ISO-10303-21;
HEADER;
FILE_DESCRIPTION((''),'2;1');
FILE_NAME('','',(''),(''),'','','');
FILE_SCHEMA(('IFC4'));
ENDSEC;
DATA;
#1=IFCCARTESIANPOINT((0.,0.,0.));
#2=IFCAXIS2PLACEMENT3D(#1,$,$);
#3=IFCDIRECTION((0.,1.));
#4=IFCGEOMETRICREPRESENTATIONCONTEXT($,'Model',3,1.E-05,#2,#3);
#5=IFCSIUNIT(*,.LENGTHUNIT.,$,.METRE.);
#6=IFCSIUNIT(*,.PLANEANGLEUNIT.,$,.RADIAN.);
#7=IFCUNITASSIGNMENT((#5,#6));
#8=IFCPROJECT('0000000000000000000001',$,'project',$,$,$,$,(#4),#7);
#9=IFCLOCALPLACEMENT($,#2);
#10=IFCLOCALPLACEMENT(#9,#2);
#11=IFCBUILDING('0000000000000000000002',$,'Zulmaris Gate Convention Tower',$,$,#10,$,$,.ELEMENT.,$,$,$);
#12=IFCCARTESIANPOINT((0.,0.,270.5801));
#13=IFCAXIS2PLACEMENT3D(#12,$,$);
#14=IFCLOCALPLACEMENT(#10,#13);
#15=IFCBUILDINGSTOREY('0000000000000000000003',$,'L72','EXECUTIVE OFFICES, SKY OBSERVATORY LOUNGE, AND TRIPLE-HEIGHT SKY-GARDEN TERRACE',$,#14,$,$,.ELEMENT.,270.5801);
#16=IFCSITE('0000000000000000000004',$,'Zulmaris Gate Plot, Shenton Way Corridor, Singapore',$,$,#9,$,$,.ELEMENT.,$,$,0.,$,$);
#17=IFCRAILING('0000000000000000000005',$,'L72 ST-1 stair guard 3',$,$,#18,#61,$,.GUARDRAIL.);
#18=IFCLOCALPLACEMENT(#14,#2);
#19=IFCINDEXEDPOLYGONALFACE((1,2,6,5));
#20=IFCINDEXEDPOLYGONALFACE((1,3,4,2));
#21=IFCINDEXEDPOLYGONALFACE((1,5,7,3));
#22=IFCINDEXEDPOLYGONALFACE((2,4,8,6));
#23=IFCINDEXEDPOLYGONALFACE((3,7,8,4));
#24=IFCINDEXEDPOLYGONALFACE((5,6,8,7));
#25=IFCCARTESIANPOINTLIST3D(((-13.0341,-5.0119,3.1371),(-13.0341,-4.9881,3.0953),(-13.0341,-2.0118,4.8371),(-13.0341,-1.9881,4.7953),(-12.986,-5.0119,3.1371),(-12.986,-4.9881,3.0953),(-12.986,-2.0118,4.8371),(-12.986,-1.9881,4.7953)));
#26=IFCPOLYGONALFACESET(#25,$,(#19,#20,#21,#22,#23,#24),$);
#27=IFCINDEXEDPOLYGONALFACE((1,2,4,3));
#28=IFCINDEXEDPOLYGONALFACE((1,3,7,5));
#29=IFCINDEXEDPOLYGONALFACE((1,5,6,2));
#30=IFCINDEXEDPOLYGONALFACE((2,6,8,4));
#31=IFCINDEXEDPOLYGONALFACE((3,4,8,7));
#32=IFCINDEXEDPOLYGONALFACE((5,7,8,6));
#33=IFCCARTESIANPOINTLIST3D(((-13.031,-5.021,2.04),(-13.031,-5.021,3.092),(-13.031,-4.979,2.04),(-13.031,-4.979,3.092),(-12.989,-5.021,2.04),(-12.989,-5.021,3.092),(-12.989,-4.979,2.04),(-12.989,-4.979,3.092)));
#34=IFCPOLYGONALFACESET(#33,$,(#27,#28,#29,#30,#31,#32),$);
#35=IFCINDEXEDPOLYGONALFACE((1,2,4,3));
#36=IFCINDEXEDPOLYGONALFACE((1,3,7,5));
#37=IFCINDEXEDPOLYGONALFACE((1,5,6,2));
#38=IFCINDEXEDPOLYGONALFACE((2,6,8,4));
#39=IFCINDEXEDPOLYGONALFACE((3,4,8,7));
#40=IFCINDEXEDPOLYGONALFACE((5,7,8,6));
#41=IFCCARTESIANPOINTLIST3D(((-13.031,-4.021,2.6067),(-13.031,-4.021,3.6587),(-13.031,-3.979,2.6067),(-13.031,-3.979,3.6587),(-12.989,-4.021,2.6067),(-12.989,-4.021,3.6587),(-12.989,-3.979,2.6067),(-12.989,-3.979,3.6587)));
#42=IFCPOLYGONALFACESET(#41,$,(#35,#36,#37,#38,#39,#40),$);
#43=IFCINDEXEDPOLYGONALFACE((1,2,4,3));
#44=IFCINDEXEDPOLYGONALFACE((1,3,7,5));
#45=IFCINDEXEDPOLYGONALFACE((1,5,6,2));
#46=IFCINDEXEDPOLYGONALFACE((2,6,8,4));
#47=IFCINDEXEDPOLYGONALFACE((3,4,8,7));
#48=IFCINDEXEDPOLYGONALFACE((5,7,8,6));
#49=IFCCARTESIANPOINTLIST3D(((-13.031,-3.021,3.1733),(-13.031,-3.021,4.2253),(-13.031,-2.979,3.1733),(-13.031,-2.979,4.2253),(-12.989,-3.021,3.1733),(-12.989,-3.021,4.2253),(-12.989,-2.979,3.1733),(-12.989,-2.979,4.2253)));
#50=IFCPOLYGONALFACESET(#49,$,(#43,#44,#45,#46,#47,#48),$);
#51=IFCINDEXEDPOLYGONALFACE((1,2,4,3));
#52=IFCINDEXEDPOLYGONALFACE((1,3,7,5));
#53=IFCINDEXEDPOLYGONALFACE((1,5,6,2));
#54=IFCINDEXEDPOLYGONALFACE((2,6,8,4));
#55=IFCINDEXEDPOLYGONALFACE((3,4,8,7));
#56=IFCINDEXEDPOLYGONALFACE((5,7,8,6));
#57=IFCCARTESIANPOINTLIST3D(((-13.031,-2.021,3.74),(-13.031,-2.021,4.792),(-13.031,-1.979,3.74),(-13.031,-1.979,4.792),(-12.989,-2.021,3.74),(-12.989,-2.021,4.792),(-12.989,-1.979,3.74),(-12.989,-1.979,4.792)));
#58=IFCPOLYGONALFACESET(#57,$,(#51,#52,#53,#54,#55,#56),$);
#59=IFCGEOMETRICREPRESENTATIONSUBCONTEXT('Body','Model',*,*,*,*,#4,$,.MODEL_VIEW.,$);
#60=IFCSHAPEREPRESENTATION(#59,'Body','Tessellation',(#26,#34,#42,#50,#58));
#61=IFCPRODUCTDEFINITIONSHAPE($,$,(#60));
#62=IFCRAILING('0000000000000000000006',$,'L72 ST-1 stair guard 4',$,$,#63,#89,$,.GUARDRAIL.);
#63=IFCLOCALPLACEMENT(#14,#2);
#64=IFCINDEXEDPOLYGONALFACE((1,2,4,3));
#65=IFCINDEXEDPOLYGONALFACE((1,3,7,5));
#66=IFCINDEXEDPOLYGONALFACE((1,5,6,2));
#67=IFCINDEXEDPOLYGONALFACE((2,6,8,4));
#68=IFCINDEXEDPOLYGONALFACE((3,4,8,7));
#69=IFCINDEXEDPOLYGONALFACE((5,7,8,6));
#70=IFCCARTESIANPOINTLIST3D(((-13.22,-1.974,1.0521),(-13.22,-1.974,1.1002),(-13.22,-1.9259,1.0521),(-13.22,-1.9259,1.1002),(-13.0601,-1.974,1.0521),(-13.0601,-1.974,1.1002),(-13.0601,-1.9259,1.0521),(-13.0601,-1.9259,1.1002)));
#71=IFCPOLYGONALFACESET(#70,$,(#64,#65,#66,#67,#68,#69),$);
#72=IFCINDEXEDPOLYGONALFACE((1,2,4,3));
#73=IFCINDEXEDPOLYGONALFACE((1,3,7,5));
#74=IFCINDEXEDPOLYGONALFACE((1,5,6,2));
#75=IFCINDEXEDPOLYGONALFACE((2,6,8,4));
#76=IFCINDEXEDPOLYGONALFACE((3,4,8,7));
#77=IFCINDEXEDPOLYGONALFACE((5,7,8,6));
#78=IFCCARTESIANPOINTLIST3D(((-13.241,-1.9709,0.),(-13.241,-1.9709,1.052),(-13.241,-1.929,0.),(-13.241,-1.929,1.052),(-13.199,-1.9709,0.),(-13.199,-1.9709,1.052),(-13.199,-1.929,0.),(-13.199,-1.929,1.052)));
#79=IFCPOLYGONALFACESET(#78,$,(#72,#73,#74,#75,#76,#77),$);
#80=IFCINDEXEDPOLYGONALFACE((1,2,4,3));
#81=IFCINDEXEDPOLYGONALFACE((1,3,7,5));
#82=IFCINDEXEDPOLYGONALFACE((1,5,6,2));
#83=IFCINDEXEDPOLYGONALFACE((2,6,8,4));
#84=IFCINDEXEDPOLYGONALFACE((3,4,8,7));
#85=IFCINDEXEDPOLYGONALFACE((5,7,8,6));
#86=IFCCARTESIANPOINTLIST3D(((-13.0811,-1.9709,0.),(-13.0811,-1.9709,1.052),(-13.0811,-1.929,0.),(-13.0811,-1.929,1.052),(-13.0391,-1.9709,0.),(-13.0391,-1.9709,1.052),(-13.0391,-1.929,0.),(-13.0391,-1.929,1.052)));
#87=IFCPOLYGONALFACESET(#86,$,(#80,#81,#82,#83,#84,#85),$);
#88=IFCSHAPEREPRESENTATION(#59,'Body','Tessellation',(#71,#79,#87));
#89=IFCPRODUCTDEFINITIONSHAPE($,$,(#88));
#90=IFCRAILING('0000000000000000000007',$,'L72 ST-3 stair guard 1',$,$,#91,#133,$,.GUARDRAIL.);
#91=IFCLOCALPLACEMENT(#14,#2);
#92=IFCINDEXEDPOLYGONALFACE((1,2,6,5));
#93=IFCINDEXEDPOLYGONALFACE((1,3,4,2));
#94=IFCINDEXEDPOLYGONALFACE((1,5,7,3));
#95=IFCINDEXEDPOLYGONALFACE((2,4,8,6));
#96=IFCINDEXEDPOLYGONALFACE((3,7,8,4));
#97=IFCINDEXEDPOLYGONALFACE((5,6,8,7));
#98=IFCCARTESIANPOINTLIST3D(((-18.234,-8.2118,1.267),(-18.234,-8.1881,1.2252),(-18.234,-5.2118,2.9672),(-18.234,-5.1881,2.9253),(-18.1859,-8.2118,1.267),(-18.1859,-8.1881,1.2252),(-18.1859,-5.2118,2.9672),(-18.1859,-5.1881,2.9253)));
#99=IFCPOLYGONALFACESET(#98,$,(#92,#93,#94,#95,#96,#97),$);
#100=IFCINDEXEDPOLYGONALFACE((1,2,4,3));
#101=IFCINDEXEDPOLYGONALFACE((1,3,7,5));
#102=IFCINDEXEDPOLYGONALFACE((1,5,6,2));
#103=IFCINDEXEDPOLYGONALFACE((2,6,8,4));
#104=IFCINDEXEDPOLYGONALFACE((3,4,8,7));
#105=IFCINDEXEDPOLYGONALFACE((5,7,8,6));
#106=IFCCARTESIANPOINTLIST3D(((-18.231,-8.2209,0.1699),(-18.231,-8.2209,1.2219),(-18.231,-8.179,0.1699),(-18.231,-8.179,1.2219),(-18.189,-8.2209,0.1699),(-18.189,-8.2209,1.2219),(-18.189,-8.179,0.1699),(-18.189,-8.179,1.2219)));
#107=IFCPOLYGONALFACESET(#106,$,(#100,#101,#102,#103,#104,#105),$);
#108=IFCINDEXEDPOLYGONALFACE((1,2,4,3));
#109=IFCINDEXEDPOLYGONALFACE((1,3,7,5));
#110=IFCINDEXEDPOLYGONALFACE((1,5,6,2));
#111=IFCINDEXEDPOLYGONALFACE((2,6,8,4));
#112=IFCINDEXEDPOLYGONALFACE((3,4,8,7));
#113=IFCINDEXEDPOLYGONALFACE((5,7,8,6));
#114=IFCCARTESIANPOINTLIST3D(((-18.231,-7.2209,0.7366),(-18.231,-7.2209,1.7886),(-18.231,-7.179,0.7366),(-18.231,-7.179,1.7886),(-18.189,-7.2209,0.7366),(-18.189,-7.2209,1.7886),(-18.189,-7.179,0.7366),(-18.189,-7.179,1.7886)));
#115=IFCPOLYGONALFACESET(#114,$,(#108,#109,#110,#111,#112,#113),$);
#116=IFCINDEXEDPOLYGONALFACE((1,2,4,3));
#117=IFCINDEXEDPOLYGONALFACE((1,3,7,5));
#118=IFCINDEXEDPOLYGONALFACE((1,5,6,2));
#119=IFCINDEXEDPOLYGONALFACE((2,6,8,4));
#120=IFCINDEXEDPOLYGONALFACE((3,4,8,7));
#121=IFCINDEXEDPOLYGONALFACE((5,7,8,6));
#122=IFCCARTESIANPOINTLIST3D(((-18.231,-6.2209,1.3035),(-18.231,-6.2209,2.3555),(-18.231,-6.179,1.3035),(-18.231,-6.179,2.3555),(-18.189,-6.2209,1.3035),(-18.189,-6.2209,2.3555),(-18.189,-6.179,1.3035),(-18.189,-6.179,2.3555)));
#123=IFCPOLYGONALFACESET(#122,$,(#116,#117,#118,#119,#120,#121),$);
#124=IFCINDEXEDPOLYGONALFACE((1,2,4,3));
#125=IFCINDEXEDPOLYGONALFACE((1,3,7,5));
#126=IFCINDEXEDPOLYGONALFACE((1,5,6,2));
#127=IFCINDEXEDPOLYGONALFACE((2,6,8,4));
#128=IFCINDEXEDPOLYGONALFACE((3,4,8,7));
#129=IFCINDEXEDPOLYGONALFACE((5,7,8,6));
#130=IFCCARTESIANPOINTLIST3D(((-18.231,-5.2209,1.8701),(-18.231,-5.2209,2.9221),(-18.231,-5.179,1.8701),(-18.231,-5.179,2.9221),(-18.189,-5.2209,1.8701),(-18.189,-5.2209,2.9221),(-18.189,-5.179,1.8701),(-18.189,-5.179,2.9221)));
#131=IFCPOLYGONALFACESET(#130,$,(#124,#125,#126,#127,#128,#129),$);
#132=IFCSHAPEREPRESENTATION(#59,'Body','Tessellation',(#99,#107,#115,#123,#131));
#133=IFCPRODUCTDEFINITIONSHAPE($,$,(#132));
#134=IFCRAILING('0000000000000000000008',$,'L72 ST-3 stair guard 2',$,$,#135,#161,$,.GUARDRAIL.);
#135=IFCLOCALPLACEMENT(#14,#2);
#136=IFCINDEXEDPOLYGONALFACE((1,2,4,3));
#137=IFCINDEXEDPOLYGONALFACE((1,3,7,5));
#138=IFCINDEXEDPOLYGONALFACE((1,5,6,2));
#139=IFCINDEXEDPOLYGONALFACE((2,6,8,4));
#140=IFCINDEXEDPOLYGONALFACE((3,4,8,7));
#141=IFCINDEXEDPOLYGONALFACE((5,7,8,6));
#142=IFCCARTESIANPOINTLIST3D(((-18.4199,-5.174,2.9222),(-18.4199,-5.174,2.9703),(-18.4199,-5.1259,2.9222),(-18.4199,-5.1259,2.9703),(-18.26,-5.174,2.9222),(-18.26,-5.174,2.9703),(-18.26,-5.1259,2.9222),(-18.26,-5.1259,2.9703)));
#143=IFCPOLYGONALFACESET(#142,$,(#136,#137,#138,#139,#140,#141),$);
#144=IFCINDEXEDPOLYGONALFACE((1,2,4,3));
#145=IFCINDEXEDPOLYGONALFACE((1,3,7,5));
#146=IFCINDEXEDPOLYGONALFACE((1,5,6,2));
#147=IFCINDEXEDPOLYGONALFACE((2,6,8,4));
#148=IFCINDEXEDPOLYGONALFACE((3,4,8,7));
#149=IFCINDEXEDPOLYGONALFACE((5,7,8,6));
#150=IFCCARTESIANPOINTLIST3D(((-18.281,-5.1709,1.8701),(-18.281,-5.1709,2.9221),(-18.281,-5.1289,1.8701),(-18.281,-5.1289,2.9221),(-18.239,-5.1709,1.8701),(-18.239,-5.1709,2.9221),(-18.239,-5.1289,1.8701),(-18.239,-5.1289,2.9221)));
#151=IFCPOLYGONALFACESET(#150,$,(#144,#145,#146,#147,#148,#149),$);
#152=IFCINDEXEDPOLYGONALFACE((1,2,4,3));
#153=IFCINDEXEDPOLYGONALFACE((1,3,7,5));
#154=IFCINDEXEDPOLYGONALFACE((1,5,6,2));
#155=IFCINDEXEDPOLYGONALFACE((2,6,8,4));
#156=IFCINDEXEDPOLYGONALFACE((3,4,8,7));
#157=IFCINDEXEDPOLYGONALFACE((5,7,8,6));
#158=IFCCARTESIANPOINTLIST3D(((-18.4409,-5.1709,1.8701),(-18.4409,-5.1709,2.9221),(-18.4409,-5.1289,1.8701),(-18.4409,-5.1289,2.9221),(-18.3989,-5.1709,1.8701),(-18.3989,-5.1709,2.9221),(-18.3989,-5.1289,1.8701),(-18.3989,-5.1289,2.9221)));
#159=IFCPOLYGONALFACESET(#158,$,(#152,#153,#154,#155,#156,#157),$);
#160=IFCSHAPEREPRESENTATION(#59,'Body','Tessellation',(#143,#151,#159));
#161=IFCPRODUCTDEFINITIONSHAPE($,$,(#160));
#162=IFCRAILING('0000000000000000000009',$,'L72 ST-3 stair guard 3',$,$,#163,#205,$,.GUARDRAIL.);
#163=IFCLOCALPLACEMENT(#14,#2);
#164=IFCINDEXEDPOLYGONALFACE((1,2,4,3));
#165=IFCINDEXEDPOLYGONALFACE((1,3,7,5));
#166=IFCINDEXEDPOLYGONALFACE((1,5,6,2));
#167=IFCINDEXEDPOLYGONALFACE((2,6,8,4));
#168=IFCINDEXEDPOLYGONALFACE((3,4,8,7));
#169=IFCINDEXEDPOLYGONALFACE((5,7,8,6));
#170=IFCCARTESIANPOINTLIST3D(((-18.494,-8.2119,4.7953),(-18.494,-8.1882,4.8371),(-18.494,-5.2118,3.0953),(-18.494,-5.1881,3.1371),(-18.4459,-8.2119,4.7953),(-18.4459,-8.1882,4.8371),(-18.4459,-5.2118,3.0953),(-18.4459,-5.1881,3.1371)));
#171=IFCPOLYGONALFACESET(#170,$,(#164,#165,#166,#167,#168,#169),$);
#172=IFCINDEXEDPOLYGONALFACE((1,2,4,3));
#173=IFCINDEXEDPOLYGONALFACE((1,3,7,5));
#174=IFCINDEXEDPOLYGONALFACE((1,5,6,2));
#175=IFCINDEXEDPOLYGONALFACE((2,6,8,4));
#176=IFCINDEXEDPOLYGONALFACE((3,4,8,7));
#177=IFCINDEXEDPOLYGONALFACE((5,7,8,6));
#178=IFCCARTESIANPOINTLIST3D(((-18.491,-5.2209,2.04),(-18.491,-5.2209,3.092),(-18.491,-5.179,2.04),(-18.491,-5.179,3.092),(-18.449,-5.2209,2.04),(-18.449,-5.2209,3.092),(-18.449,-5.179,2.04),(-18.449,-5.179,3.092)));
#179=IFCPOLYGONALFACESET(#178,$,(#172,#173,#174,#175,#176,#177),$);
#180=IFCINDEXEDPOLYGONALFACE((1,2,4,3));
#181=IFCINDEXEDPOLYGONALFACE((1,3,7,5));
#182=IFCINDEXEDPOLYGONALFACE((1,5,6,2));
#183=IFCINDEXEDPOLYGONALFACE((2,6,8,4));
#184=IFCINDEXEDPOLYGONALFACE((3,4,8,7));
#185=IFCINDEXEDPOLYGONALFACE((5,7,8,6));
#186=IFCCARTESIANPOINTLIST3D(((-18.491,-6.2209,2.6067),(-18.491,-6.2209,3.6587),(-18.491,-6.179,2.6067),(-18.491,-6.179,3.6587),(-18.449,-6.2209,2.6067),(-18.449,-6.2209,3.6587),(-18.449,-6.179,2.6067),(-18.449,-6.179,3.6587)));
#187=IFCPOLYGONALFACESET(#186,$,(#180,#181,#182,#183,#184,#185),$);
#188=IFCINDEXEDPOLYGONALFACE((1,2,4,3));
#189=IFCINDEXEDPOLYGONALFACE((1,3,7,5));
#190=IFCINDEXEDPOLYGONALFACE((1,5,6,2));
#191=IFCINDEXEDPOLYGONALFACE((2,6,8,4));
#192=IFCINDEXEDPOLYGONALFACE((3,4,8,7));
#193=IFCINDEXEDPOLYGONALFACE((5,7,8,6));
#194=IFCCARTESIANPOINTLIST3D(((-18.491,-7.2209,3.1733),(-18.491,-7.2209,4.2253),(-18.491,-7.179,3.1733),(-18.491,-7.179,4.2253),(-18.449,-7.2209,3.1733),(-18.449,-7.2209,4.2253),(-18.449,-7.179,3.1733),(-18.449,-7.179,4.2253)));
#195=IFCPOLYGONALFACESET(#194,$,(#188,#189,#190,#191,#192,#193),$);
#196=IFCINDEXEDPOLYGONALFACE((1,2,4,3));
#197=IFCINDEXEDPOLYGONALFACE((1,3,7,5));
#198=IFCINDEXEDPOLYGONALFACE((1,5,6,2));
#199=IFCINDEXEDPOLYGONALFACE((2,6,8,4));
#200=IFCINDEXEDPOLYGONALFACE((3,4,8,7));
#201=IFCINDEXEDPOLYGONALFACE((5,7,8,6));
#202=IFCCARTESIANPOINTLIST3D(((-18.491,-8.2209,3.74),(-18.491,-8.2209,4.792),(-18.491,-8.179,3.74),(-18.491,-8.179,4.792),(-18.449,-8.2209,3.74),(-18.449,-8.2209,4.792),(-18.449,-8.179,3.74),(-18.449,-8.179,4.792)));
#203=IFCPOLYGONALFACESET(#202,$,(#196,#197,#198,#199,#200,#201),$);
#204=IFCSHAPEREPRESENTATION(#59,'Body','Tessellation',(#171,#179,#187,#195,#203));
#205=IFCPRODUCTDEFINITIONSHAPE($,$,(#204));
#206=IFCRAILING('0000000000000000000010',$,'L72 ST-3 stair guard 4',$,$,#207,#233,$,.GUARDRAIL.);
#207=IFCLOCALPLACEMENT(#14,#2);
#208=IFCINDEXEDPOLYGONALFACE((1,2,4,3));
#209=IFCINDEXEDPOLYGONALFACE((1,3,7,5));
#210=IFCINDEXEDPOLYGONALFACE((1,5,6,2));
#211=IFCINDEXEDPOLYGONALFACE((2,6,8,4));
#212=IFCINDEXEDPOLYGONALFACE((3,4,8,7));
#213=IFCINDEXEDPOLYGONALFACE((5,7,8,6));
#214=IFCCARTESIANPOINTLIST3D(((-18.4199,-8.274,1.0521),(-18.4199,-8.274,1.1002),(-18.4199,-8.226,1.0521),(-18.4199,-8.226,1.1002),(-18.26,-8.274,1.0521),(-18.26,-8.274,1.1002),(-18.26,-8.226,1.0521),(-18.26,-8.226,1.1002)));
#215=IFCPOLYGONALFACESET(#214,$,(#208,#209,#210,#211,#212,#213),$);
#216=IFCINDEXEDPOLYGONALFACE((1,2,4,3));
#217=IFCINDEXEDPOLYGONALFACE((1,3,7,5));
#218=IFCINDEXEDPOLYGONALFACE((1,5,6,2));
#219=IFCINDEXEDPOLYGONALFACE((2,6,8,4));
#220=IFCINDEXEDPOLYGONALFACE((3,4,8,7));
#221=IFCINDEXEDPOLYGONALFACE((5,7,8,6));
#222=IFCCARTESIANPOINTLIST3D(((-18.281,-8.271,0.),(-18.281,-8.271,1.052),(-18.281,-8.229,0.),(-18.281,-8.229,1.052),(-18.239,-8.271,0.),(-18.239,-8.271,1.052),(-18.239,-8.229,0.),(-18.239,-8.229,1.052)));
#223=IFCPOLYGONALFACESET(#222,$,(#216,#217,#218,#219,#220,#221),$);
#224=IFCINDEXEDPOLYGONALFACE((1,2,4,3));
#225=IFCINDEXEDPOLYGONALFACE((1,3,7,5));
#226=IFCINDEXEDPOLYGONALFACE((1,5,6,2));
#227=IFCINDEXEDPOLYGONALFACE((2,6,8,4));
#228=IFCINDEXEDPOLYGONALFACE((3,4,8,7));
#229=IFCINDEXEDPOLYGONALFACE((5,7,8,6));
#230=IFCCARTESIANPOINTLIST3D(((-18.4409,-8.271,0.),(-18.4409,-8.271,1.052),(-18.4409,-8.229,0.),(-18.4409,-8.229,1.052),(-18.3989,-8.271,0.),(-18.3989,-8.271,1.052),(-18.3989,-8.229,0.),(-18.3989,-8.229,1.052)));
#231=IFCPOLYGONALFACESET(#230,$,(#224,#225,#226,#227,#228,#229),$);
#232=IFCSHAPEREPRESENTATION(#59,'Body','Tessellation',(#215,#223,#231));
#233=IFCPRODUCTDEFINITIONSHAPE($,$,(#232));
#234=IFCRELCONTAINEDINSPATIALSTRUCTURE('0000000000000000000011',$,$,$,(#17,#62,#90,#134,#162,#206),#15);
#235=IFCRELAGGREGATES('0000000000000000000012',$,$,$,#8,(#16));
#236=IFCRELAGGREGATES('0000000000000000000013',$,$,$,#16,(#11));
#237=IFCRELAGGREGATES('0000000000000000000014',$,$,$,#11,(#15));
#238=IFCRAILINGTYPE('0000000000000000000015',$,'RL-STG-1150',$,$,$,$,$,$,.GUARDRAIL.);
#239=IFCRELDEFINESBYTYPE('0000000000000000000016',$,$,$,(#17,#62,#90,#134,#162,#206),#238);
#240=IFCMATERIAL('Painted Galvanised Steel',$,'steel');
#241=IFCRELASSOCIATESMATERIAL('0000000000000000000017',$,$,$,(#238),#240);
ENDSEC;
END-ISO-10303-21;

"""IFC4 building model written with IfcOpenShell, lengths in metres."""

from ifc_helpers import new_model, si_unit, direction, frame, origin, origin_2d, place, context, subcontext, project, spatial, rectangle, extrude, material, type_object, element, save


model = new_model("IFC4")

# Units and contexts
model_context = context("Model", 3, precision=1e-05, world=origin(), true_north=direction((0.0, 1.0)))
body_context = subcontext(model_context, "Body", "Model", "MODEL_VIEW")
ifc_project = project(units=[si_unit("LENGTHUNIT", "METRE"), si_unit("PLANEANGLEUNIT", "RADIAN")], contexts=[model_context])

# Site, building, storey
site_placement = place(None, origin())
site = spatial("IfcSite", under=ifc_project, at=site_placement, Name="Zulmaris Gate Plot, Shenton Way Corridor, Singapore", CompositionType="ELEMENT", RefElevation=0.0)
building_placement = place(site_placement, origin())
building = spatial("IfcBuilding", under=site, at=building_placement, Name="Zulmaris Gate Convention Tower", CompositionType="ELEMENT")
storey_placement = place(building_placement, frame((0.0, 0.0, 270.5801)))
storey = spatial("IfcBuildingStorey", under=building, at=storey_placement, Name="L72", Description="EXECUTIVE OFFICES, SKY OBSERVATORY LOUNGE, AND TRIPLE-HEIGHT SKY-GARDEN TERRACE", CompositionType="ELEMENT", Elevation=270.5801)

# Railings
ifc_material_1 = material(Name="Painted Galvanised Steel", Category="steel")
railing_type_1 = type_object("IfcRailingType", Name="RL-STG-1150", PredefinedType="GUARDRAIL", material=ifc_material_1)
railing_1_placement = place(storey_placement, frame((-13.01, -5.0, 2.04)))
element("IfcRailing", 1, at=railing_1_placement, inside=storey, type_object=railing_type_1, Name="L72 ST-1 stair guard 3", PredefinedType="GUARDRAIL", context=body_context, shape_type="SweptSolid", body=[
    extrude(rectangle(XDim=0.0481, YDim=0.0481, at=origin_2d()), frame((0.0, 0.0, 1.0762), z_axis=(0.0, 0.870028, 0.493002), x_axis=(-1.0, 0.0, 0.0)), (0.0, 0.0, 1.0), 3.4482),
    extrude(rectangle(XDim=0.042, YDim=0.042, at=origin_2d()), origin(), (0.0, 0.0, 1.0), 1.052),
    extrude(rectangle(XDim=0.042, YDim=0.042, at=origin_2d()), frame((0.0, 1.0, 0.5667)), (0.0, 0.0, 1.0), 1.052),
    extrude(rectangle(XDim=0.042, YDim=0.042, at=origin_2d()), frame((0.0, 2.0, 1.1333)), (0.0, 0.0, 1.0), 1.052),
    extrude(rectangle(XDim=0.042, YDim=0.042, at=origin_2d()), frame((0.0, 3.0, 1.7)), (0.0, 0.0, 1.0), 1.052),
])
railing_2_placement = place(storey_placement, frame((-13.22, -1.95, 0.0)))
element("IfcRailing", 2, at=railing_2_placement, inside=storey, type_object=railing_type_1, Name="L72 ST-1 stair guard 4", PredefinedType="GUARDRAIL", context=body_context, shape_type="SweptSolid", body=[
    extrude(rectangle(XDim=0.0481, YDim=0.0481, at=origin_2d()), frame((0.0, 0.0, 1.0762), z_axis=(1.0, 0.0, 0.0), x_axis=(0.0, 1.0, 0.0)), (0.0, 0.0, 1.0), 0.1599),
    extrude(rectangle(XDim=0.042, YDim=0.042, at=origin_2d()), origin(), (0.0, 0.0, 1.0), 1.052),
    extrude(rectangle(XDim=0.042, YDim=0.042, at=origin_2d()), frame((0.1599, 0.0, 0.0)), (0.0, 0.0, 1.0), 1.052),
])
railing_3_placement = place(storey_placement, frame((-18.21, -8.2, 0.1699)))
element("IfcRailing", 3, at=railing_3_placement, inside=storey, type_object=railing_type_1, Name="L72 ST-3 stair guard 1", PredefinedType="GUARDRAIL", context=body_context, shape_type="SweptSolid", body=[
    extrude(rectangle(XDim=0.0481, YDim=0.0481, at=origin_2d()), frame((0.0, 0.0, 1.0762), z_axis=(0.0, 0.869998, 0.493055), x_axis=(-1.0, 0.0, 0.0)), (0.0, 0.0, 1.0), 3.4482),
    extrude(rectangle(XDim=0.042, YDim=0.042, at=origin_2d()), origin(), (0.0, 0.0, 1.0), 1.052),
    extrude(rectangle(XDim=0.042, YDim=0.042, at=origin_2d()), frame((0.0, 1.0, 0.5667)), (0.0, 0.0, 1.0), 1.052),
    extrude(rectangle(XDim=0.042, YDim=0.042, at=origin_2d()), frame((0.0, 2.0, 1.1335)), (0.0, 0.0, 1.0), 1.052),
    extrude(rectangle(XDim=0.042, YDim=0.042, at=origin_2d()), frame((0.0, 3.0, 1.7002)), (0.0, 0.0, 1.0), 1.052),
])
railing_4_placement = place(storey_placement, frame((-18.26, -5.1499, 1.8701)))
element("IfcRailing", 4, at=railing_4_placement, inside=storey, type_object=railing_type_1, Name="L72 ST-3 stair guard 2", PredefinedType="GUARDRAIL", context=body_context, shape_type="SweptSolid", body=[
    extrude(rectangle(XDim=0.0481, YDim=0.0481, at=origin_2d()), frame((0.0, 0.0, 1.0762), z_axis=(-1.0, 0.0, 0.0), x_axis=(0.0, -1.0, 0.0)), (0.0, 0.0, 1.0), 0.1599),
    extrude(rectangle(XDim=0.042, YDim=0.042, at=origin_2d()), origin(), (0.0, 0.0, 1.0), 1.052),
    extrude(rectangle(XDim=0.042, YDim=0.042, at=origin_2d()), frame((-0.1599, 0.0, 0.0)), (0.0, 0.0, 1.0), 1.052),
])
railing_5_placement = place(storey_placement, frame((-18.47, -5.2, 2.04)))
element("IfcRailing", 5, at=railing_5_placement, inside=storey, type_object=railing_type_1, Name="L72 ST-3 stair guard 3", PredefinedType="GUARDRAIL", context=body_context, shape_type="SweptSolid", body=[
    extrude(rectangle(XDim=0.0481, YDim=0.0481, at=origin_2d()), frame((0.0, 0.0, 1.0762), z_axis=(0.0, -0.870028, 0.493002), x_axis=(1.0, 0.0, 0.0)), (0.0, 0.0, 1.0), 3.4482),
    extrude(rectangle(XDim=0.042, YDim=0.042, at=origin_2d()), origin(), (0.0, 0.0, 1.0), 1.052),
    extrude(rectangle(XDim=0.042, YDim=0.042, at=origin_2d()), frame((0.0, -1.0, 0.5667)), (0.0, 0.0, 1.0), 1.052),
    extrude(rectangle(XDim=0.042, YDim=0.042, at=origin_2d()), frame((0.0, -2.0, 1.1333)), (0.0, 0.0, 1.0), 1.052),
    extrude(rectangle(XDim=0.042, YDim=0.042, at=origin_2d()), frame((0.0, -3.0, 1.7)), (0.0, 0.0, 1.0), 1.052),
])
railing_6_placement = place(storey_placement, frame((-18.26, -8.25, 0.0)))
element("IfcRailing", 6, at=railing_6_placement, inside=storey, type_object=railing_type_1, Name="L72 ST-3 stair guard 4", PredefinedType="GUARDRAIL", context=body_context, shape_type="SweptSolid", body=[
    extrude(rectangle(XDim=0.0481, YDim=0.0481, at=origin_2d()), frame((0.0, 0.0, 1.0762), z_axis=(-1.0, 0.0, 0.0), x_axis=(0.0, -1.0, 0.0)), (0.0, 0.0, 1.0), 0.1599),
    extrude(rectangle(XDim=0.042, YDim=0.042, at=origin_2d()), origin(), (0.0, 0.0, 1.0), 1.052),
    extrude(rectangle(XDim=0.042, YDim=0.042, at=origin_2d()), frame((-0.1599, 0.0, 0.0)), (0.0, 0.0, 1.0), 1.052),
])

save(model, "model.ifc")
